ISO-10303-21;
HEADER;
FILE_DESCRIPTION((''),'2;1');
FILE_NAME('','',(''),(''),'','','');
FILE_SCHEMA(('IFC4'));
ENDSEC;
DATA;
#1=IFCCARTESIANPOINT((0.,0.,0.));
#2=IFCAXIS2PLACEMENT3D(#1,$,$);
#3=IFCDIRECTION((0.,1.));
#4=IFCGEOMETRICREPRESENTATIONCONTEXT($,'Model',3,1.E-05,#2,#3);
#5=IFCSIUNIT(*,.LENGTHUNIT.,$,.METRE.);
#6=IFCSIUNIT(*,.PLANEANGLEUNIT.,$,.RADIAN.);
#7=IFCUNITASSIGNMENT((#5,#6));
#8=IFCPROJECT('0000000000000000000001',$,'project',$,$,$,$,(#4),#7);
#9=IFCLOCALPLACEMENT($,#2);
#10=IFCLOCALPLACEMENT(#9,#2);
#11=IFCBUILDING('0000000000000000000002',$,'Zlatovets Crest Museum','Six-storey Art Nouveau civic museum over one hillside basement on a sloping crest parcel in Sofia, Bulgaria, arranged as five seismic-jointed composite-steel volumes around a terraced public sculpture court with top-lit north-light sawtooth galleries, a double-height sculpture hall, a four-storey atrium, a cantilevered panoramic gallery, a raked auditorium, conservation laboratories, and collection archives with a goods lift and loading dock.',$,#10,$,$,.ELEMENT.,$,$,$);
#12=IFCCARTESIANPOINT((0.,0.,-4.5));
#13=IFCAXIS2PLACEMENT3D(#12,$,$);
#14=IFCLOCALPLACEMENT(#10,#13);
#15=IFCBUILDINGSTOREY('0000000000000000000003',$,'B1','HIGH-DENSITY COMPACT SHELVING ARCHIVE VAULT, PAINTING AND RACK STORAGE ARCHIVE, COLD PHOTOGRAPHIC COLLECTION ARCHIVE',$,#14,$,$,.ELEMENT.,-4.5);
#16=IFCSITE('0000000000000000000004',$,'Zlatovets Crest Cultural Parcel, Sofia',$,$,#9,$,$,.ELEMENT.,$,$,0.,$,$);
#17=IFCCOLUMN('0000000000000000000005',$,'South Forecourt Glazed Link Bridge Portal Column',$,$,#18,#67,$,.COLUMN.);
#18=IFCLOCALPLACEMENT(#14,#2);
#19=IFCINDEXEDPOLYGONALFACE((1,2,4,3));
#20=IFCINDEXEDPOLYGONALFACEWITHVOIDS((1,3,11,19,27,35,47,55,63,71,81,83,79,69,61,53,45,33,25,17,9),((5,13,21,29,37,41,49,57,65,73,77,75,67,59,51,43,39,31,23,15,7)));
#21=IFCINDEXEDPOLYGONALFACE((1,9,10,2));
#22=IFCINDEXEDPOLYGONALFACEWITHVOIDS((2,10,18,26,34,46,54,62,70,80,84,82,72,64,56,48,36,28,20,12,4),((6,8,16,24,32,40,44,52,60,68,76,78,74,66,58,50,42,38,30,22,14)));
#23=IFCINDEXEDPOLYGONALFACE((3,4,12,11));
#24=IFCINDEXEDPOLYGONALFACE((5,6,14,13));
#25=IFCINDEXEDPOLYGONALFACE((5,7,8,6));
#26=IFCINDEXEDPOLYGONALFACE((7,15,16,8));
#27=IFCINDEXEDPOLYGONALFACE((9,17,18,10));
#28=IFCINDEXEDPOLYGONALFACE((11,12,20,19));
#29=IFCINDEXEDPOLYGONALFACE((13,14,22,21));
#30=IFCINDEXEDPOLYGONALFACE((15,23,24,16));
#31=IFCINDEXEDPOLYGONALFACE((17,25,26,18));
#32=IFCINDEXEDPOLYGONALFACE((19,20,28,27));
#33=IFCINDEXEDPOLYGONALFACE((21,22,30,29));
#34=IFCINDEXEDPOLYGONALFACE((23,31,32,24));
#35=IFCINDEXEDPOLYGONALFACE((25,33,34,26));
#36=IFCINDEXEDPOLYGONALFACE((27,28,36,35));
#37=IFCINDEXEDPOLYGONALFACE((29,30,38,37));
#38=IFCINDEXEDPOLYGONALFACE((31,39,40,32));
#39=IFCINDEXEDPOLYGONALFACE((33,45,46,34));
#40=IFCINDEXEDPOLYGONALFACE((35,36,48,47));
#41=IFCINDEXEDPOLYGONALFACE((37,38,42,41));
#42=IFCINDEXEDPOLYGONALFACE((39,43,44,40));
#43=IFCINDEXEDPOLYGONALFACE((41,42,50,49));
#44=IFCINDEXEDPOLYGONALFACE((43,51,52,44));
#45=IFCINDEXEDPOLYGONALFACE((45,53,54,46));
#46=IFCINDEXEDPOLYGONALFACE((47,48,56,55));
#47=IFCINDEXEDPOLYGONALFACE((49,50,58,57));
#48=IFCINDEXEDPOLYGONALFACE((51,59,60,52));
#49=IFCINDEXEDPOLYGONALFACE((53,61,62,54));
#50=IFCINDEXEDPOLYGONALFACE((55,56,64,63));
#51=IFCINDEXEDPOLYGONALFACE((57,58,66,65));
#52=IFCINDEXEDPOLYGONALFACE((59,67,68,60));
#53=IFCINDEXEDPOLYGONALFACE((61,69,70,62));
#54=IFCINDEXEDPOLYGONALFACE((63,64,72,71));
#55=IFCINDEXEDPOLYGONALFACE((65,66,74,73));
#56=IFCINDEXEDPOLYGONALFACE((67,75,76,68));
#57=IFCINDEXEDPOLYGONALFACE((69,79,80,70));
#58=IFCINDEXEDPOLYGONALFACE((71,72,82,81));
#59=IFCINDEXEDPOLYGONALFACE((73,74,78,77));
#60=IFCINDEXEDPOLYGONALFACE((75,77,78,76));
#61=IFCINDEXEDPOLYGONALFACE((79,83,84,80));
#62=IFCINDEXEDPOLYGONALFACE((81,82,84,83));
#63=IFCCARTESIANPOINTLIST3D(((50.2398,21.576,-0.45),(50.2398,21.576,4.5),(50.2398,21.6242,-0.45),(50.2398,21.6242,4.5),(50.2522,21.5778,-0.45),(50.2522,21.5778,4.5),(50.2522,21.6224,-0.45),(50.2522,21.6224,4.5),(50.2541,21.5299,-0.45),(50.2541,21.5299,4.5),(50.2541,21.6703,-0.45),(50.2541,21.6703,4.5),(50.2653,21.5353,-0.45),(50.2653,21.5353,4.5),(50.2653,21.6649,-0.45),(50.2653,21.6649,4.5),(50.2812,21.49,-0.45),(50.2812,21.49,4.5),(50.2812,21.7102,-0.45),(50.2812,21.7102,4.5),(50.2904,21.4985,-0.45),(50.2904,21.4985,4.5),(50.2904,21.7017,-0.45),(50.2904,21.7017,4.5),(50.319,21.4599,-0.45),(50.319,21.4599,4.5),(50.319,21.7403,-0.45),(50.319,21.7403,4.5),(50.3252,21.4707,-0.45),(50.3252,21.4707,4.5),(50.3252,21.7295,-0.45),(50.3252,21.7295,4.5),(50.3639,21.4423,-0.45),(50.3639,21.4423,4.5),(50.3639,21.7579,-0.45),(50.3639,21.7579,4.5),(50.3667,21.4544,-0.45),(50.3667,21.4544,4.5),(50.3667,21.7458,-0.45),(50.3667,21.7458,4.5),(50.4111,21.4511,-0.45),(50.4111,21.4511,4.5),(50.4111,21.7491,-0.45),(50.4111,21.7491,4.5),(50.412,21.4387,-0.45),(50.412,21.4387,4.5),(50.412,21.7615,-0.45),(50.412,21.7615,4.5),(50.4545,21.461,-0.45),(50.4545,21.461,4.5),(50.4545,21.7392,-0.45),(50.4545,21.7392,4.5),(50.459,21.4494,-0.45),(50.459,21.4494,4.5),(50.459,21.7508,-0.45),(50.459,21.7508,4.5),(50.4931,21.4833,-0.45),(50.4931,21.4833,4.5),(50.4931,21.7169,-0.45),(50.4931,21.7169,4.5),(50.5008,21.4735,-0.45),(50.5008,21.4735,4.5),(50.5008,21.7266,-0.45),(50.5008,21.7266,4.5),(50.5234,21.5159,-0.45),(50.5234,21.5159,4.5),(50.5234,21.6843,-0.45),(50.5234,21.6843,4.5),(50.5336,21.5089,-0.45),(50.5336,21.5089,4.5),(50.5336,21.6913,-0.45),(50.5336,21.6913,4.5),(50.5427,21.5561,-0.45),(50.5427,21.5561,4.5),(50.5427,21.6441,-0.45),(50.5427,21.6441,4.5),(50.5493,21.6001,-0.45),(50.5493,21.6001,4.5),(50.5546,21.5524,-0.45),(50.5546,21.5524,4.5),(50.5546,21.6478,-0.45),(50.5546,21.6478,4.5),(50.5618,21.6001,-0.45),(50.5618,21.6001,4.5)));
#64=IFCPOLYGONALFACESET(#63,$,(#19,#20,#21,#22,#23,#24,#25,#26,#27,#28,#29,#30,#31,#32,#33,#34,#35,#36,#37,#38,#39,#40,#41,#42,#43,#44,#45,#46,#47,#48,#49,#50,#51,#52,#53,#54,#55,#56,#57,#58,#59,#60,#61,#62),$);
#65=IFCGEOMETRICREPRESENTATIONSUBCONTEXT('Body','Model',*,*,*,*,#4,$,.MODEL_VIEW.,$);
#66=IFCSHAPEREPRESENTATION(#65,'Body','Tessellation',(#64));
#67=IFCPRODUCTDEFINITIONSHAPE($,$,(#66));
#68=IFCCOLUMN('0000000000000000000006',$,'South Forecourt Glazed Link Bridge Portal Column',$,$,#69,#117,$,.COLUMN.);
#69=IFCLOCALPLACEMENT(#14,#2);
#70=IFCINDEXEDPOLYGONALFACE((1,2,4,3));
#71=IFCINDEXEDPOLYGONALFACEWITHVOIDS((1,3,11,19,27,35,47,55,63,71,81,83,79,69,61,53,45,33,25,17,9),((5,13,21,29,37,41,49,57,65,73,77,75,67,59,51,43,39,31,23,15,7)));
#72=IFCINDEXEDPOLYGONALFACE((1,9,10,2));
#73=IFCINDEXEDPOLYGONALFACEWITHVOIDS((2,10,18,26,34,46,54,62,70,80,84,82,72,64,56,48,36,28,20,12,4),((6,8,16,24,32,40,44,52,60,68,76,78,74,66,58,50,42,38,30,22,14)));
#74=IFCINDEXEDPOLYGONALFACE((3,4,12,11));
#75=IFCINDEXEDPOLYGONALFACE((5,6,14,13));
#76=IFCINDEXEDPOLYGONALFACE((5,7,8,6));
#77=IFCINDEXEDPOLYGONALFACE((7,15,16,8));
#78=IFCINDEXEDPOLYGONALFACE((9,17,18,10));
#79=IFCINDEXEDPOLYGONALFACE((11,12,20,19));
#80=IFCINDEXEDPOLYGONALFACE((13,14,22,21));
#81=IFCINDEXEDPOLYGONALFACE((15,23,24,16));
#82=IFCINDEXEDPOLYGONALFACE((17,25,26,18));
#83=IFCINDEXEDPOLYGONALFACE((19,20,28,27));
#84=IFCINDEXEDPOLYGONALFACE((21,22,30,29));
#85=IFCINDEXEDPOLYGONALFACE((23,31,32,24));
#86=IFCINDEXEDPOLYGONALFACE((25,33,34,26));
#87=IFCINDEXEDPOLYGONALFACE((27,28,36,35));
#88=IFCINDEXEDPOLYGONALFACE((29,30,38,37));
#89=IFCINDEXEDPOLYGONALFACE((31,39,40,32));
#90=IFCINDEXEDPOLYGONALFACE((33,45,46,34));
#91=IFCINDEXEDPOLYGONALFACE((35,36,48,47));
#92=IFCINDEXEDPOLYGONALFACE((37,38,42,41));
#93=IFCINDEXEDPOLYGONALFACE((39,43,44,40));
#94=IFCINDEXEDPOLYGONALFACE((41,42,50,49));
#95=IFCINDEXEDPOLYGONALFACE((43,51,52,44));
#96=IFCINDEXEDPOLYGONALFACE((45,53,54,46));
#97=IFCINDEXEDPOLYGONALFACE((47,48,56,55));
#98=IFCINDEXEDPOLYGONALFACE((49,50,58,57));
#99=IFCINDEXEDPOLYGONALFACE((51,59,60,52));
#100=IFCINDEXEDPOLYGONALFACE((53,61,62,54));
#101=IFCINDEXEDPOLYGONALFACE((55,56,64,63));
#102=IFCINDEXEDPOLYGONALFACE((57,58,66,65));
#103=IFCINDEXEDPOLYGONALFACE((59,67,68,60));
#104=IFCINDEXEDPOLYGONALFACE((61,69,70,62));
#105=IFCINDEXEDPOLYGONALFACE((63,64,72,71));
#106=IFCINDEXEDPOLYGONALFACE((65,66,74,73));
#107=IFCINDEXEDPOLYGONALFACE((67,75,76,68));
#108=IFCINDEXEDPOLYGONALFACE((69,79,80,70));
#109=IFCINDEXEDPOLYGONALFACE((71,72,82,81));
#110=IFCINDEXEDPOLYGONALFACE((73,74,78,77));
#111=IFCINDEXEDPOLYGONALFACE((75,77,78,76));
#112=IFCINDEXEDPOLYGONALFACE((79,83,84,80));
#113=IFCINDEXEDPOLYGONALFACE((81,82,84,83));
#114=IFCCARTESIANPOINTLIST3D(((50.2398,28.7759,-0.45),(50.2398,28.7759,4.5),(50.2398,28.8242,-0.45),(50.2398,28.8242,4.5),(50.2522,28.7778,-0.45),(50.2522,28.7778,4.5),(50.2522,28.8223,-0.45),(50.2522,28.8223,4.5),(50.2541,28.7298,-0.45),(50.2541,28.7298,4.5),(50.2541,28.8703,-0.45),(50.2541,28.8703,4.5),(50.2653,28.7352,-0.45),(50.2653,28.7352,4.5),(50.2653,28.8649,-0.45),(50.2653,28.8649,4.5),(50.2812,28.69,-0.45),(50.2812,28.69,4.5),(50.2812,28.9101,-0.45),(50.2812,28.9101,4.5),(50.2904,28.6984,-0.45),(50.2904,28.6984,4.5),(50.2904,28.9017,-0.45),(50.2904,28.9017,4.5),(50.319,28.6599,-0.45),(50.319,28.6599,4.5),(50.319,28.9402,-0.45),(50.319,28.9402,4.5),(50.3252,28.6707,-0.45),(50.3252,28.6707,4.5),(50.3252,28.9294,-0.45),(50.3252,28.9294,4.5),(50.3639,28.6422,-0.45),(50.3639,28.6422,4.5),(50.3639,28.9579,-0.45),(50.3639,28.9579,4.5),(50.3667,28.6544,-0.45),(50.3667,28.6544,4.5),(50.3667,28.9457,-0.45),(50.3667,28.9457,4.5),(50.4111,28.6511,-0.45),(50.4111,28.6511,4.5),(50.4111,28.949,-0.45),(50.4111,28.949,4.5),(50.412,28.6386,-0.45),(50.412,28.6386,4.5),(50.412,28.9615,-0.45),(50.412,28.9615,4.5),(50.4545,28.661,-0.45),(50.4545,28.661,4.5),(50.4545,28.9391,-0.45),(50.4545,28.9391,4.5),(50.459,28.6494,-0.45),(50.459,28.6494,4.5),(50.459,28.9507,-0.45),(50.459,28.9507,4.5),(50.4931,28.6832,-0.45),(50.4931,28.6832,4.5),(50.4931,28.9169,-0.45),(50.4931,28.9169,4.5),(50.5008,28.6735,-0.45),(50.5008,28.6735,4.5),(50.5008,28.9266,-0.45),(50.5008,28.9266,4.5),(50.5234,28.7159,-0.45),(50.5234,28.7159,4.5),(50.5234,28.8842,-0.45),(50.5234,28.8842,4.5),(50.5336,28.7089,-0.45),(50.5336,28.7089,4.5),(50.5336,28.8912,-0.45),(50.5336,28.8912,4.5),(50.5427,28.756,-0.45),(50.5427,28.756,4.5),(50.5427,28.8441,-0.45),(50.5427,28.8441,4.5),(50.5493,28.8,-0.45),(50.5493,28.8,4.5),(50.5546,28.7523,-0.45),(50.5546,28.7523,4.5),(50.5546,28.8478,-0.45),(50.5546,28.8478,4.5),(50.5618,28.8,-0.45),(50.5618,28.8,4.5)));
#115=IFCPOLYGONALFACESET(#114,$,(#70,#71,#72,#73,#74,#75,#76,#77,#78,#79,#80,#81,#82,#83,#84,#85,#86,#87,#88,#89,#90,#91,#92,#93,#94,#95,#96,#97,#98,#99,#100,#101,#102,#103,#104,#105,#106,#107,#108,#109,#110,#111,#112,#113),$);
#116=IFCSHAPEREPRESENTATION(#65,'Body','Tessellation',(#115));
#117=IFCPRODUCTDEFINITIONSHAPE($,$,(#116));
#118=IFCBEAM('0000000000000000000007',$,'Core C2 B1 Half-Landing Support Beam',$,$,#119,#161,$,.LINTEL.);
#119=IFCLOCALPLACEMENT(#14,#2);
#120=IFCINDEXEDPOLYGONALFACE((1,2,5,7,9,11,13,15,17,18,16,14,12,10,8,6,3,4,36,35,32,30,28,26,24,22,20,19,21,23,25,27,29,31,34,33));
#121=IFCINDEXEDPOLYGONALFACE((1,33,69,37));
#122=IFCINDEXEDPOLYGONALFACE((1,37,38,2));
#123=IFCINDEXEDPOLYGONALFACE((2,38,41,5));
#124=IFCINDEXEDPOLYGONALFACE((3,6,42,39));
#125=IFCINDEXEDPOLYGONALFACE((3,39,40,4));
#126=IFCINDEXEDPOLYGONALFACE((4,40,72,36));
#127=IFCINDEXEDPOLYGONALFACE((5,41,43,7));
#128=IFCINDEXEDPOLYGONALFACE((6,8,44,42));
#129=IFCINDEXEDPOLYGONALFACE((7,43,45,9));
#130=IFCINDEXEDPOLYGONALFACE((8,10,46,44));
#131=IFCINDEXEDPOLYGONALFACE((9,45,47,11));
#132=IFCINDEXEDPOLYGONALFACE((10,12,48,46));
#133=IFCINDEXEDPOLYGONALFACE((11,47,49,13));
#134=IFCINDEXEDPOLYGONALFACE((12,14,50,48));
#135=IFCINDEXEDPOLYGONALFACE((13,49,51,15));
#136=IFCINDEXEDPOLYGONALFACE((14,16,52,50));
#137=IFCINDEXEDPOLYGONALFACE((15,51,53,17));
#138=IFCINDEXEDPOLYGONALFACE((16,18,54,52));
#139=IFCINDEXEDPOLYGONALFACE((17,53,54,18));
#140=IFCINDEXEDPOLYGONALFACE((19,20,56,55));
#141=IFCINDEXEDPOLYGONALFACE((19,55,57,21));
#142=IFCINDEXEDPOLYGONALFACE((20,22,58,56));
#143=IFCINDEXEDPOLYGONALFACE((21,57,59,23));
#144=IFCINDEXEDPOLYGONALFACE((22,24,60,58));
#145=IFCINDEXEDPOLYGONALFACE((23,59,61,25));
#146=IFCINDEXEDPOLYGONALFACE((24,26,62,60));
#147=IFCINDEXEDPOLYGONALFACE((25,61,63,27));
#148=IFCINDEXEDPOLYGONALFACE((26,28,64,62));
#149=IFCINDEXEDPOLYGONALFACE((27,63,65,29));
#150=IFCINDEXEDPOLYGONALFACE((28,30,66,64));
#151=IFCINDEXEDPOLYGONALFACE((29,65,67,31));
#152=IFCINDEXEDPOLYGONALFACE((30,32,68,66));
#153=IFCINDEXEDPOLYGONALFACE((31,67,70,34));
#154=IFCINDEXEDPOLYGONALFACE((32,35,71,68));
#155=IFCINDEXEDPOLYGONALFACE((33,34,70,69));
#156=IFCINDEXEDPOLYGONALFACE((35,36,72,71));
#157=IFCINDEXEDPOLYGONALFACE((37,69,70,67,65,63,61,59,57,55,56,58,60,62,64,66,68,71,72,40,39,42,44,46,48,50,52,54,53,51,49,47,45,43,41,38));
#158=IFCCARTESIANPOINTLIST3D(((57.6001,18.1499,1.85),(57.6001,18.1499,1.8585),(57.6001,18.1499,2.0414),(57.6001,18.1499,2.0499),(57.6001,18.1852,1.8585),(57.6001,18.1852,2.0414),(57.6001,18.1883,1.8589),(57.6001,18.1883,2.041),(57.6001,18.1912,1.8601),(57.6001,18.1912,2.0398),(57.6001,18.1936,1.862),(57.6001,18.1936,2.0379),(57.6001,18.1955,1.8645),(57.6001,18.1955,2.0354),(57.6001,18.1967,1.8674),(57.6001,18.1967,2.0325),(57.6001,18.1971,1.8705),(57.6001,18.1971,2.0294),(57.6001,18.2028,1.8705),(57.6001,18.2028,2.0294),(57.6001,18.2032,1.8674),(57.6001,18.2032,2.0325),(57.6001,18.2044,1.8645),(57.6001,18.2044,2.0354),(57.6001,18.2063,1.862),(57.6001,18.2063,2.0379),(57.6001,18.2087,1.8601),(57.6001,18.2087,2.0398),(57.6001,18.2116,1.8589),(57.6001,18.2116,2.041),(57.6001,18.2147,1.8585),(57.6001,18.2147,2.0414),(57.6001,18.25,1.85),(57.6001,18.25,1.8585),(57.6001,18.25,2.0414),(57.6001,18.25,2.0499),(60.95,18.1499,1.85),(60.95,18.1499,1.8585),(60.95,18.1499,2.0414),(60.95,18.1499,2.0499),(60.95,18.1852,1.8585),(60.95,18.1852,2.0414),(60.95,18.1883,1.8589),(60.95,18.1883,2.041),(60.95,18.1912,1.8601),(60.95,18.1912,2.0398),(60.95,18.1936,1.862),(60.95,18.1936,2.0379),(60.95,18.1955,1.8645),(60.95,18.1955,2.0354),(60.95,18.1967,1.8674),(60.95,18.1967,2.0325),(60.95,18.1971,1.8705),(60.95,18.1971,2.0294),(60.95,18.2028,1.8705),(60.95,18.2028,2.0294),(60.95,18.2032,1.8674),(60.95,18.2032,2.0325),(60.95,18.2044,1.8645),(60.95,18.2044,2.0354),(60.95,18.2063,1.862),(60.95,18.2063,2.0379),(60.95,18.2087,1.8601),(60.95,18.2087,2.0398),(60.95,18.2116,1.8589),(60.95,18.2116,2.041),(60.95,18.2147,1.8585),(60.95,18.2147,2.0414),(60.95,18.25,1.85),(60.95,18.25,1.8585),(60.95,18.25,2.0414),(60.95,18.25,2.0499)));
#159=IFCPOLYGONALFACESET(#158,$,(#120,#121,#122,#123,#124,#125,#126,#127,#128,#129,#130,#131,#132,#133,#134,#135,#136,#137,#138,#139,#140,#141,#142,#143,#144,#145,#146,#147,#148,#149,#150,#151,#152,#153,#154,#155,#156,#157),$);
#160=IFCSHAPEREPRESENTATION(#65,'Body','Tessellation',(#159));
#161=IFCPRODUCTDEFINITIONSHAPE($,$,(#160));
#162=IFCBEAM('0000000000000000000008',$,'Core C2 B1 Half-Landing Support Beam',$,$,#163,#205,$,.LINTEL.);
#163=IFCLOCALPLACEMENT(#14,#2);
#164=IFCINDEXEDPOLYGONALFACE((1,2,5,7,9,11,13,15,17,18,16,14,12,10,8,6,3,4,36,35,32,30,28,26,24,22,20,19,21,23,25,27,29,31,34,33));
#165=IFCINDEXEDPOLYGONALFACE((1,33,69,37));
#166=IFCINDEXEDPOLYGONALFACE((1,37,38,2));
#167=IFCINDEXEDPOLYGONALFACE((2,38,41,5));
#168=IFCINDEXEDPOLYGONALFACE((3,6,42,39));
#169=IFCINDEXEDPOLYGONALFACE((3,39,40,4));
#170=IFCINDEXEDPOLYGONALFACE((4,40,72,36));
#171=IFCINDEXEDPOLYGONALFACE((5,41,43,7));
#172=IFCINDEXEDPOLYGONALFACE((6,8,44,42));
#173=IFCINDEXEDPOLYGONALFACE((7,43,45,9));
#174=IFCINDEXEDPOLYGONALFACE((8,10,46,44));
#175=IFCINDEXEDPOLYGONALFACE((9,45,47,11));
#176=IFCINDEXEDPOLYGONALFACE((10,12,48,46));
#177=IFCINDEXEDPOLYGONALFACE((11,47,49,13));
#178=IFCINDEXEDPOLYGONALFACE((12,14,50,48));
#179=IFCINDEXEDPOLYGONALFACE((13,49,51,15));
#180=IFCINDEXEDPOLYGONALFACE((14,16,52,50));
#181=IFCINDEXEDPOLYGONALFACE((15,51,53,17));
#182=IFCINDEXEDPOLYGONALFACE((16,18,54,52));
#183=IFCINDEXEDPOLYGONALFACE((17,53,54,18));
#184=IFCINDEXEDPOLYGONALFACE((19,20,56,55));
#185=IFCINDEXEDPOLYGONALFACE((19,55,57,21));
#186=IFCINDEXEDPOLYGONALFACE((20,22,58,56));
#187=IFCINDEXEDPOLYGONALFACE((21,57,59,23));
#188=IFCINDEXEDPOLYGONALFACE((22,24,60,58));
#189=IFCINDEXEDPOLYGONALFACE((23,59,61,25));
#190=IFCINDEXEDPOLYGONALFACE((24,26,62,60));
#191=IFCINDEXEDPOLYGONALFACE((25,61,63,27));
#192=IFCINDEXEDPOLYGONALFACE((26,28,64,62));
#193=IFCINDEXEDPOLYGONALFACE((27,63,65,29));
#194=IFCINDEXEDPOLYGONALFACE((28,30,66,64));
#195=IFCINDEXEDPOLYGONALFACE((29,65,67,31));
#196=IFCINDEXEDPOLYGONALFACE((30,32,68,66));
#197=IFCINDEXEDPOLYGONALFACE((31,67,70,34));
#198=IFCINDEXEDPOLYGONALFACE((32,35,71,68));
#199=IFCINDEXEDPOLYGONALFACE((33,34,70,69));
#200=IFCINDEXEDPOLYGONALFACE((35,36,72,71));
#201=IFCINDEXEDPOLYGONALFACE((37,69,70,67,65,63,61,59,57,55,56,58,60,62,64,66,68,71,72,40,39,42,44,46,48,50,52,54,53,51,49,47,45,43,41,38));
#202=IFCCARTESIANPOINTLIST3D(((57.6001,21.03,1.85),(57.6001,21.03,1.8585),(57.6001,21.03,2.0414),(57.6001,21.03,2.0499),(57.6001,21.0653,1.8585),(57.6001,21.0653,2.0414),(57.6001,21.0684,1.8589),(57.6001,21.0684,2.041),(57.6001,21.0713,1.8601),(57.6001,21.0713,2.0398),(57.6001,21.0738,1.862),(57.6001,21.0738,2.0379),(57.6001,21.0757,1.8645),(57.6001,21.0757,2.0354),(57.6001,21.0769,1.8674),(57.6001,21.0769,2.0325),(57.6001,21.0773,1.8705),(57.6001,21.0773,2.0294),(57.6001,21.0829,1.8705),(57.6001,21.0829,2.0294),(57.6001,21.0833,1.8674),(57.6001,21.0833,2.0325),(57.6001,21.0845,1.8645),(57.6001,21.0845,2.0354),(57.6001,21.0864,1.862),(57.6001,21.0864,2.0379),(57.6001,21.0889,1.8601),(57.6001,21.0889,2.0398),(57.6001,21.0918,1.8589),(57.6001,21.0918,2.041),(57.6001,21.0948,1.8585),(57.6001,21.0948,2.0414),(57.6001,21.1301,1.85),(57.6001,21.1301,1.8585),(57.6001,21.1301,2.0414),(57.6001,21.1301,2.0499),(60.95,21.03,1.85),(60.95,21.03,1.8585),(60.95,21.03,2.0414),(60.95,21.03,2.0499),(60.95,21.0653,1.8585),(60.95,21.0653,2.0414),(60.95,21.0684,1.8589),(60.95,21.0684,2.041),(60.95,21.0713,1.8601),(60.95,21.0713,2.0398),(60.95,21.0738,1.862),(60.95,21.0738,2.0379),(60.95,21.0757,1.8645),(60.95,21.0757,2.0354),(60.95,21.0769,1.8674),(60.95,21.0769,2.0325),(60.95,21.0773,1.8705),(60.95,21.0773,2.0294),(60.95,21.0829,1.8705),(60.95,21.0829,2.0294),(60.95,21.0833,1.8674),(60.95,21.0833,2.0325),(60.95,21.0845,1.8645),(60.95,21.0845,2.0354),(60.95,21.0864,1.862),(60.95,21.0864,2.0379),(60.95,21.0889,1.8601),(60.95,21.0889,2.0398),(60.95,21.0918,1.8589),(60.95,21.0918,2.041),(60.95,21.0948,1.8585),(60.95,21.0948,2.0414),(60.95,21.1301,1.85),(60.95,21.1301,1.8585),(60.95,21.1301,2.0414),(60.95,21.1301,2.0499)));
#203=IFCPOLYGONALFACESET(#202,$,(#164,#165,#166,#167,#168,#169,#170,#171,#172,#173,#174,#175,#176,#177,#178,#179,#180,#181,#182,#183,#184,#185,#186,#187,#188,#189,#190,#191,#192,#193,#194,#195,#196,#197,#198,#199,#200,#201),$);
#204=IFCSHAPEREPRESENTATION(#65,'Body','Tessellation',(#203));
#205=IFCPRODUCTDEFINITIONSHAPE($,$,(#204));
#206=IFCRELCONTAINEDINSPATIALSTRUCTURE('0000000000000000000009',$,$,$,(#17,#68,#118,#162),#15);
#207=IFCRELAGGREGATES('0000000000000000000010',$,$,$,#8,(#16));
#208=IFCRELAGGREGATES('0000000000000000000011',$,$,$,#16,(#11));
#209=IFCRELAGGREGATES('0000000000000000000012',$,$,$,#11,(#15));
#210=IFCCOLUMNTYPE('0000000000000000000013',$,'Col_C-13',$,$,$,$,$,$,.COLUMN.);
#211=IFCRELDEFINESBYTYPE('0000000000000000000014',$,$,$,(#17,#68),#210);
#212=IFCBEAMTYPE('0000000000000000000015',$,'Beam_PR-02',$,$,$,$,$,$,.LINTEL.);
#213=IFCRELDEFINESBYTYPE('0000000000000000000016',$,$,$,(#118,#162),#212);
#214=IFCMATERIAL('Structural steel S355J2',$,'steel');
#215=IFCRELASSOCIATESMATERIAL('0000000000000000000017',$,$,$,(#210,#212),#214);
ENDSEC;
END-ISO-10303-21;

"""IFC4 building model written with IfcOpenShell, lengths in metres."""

from ifc_helpers import new_model, si_unit, direction, frame, origin, origin_2d, place, context, subcontext, project, spatial, hollow_circle, i_section, extrude, material, material_profile, profile_set, type_object, element, save


model = new_model("IFC4")

# Units and contexts
model_context = context("Model", 3, precision=1e-05, world=origin(), true_north=direction((0.0, 1.0)))
body_context = subcontext(model_context, "Body", "Model", "MODEL_VIEW")
ifc_project = project(units=[si_unit("LENGTHUNIT", "METRE"), si_unit("PLANEANGLEUNIT", "RADIAN")], contexts=[model_context])

# Site, building, storey
site_placement = place(None, origin())
site = spatial("IfcSite", under=ifc_project, at=site_placement, Name="Zlatovets Crest Cultural Parcel, Sofia", CompositionType="ELEMENT", RefElevation=0.0)
building_placement = place(site_placement, origin())
building = spatial("IfcBuilding", under=site, at=building_placement, Name="Zlatovets Crest Museum", Description="Six-storey Art Nouveau civic museum over one hillside basement on a sloping crest parcel in Sofia, Bulgaria, arranged as five seismic-jointed composite-steel volumes around a terraced public sculpture court with top-lit north-light sawtooth galleries, a double-height sculpture hall, a four-storey atrium, a cantilevered panoramic gallery, a raked auditorium, conservation laboratories, and collection archives with a goods lift and loading dock.", CompositionType="ELEMENT")
storey_placement = place(building_placement, frame((0.0, 0.0, -4.5)))
storey = spatial("IfcBuildingStorey", under=building, at=storey_placement, Name="B1", Description="HIGH-DENSITY COMPACT SHELVING ARCHIVE VAULT, PAINTING AND RACK STORAGE ARCHIVE, COLD PHOTOGRAPHIC COLLECTION ARCHIVE", CompositionType="ELEMENT", Elevation=-4.5)

# Columns
ifc_material_1 = material(Name="Structural steel S355J2", Category="steel")
ifc_material_profile_1 = material_profile(ifc_material_1, hollow_circle(Radius=0.1619, WallThickness=0.0125, at=origin_2d()), Name="CHS 323.9x12.5")
ifc_profile_set_1 = profile_set([ifc_material_profile_1], Name="Structural steel S355J2")
column_type_1 = type_object("IfcColumnType", Name="Col_C-13", PredefinedType="COLUMN", material=ifc_profile_set_1)
for number, where, z_axis, x_axis, name in (
    (1, (50.3999, 21.6001, -0.45), (0.0, 0.0, 1.0), (1.0, 0.0, 0.0), "South Forecourt Glazed Link Bridge Portal Column"),
    (2, (50.3999, 28.8, -0.45), (0.0, 0.0, 1.0), (1.0, 0.0, 0.0), "South Forecourt Glazed Link Bridge Portal Column"),
):
    element("IfcColumn", number, at=place(storey_placement, frame(where, z_axis=z_axis, x_axis=x_axis)), inside=storey, type_object=column_type_1, Name=name, PredefinedType="COLUMN", context=body_context, shape_type="SweptSolid", body=[
        extrude(hollow_circle(Radius=0.1619, WallThickness=0.0125, at=origin_2d()), origin(), (0.0, 0.0, 1.0), 4.95),
    ])

# Beams
ifc_material_profile_2 = material_profile(ifc_material_1, i_section(OverallWidth=0.1001, OverallDepth=0.2, WebThickness=0.0056, FlangeThickness=0.0085, FilletRadius=0.012, at=origin_2d()), Name="IPE 200")
ifc_profile_set_2 = profile_set([ifc_material_profile_2], Name="Structural steel S355J2")
beam_type = type_object("IfcBeamType", Name="Beam_PR-02", PredefinedType="LINTEL", material=ifc_profile_set_2)
for number, where, z_axis, x_axis, name in (
    (3, (57.6001, 18.2, 1.95), (1.0, 0.0, 0.0), (0.0, 1.0, 0.0), "Core C2 B1 Half-Landing Support Beam"),
    (4, (57.6001, 21.0801, 1.95), (1.0, 0.0, 0.0), (0.0, 1.0, 0.0), "Core C2 B1 Half-Landing Support Beam"),
):
    element("IfcBeam", number, at=place(storey_placement, frame(where, z_axis=z_axis, x_axis=x_axis)), inside=storey, type_object=beam_type, Name=name, PredefinedType="LINTEL", context=body_context, shape_type="SweptSolid", body=[
        extrude(i_section(OverallWidth=0.1001, OverallDepth=0.2, WebThickness=0.0056, FlangeThickness=0.0085, FilletRadius=0.012, at=origin_2d()), origin(), (0.0, 0.0, 1.0), 3.3499),
    ])

save(model, "model.ifc")
